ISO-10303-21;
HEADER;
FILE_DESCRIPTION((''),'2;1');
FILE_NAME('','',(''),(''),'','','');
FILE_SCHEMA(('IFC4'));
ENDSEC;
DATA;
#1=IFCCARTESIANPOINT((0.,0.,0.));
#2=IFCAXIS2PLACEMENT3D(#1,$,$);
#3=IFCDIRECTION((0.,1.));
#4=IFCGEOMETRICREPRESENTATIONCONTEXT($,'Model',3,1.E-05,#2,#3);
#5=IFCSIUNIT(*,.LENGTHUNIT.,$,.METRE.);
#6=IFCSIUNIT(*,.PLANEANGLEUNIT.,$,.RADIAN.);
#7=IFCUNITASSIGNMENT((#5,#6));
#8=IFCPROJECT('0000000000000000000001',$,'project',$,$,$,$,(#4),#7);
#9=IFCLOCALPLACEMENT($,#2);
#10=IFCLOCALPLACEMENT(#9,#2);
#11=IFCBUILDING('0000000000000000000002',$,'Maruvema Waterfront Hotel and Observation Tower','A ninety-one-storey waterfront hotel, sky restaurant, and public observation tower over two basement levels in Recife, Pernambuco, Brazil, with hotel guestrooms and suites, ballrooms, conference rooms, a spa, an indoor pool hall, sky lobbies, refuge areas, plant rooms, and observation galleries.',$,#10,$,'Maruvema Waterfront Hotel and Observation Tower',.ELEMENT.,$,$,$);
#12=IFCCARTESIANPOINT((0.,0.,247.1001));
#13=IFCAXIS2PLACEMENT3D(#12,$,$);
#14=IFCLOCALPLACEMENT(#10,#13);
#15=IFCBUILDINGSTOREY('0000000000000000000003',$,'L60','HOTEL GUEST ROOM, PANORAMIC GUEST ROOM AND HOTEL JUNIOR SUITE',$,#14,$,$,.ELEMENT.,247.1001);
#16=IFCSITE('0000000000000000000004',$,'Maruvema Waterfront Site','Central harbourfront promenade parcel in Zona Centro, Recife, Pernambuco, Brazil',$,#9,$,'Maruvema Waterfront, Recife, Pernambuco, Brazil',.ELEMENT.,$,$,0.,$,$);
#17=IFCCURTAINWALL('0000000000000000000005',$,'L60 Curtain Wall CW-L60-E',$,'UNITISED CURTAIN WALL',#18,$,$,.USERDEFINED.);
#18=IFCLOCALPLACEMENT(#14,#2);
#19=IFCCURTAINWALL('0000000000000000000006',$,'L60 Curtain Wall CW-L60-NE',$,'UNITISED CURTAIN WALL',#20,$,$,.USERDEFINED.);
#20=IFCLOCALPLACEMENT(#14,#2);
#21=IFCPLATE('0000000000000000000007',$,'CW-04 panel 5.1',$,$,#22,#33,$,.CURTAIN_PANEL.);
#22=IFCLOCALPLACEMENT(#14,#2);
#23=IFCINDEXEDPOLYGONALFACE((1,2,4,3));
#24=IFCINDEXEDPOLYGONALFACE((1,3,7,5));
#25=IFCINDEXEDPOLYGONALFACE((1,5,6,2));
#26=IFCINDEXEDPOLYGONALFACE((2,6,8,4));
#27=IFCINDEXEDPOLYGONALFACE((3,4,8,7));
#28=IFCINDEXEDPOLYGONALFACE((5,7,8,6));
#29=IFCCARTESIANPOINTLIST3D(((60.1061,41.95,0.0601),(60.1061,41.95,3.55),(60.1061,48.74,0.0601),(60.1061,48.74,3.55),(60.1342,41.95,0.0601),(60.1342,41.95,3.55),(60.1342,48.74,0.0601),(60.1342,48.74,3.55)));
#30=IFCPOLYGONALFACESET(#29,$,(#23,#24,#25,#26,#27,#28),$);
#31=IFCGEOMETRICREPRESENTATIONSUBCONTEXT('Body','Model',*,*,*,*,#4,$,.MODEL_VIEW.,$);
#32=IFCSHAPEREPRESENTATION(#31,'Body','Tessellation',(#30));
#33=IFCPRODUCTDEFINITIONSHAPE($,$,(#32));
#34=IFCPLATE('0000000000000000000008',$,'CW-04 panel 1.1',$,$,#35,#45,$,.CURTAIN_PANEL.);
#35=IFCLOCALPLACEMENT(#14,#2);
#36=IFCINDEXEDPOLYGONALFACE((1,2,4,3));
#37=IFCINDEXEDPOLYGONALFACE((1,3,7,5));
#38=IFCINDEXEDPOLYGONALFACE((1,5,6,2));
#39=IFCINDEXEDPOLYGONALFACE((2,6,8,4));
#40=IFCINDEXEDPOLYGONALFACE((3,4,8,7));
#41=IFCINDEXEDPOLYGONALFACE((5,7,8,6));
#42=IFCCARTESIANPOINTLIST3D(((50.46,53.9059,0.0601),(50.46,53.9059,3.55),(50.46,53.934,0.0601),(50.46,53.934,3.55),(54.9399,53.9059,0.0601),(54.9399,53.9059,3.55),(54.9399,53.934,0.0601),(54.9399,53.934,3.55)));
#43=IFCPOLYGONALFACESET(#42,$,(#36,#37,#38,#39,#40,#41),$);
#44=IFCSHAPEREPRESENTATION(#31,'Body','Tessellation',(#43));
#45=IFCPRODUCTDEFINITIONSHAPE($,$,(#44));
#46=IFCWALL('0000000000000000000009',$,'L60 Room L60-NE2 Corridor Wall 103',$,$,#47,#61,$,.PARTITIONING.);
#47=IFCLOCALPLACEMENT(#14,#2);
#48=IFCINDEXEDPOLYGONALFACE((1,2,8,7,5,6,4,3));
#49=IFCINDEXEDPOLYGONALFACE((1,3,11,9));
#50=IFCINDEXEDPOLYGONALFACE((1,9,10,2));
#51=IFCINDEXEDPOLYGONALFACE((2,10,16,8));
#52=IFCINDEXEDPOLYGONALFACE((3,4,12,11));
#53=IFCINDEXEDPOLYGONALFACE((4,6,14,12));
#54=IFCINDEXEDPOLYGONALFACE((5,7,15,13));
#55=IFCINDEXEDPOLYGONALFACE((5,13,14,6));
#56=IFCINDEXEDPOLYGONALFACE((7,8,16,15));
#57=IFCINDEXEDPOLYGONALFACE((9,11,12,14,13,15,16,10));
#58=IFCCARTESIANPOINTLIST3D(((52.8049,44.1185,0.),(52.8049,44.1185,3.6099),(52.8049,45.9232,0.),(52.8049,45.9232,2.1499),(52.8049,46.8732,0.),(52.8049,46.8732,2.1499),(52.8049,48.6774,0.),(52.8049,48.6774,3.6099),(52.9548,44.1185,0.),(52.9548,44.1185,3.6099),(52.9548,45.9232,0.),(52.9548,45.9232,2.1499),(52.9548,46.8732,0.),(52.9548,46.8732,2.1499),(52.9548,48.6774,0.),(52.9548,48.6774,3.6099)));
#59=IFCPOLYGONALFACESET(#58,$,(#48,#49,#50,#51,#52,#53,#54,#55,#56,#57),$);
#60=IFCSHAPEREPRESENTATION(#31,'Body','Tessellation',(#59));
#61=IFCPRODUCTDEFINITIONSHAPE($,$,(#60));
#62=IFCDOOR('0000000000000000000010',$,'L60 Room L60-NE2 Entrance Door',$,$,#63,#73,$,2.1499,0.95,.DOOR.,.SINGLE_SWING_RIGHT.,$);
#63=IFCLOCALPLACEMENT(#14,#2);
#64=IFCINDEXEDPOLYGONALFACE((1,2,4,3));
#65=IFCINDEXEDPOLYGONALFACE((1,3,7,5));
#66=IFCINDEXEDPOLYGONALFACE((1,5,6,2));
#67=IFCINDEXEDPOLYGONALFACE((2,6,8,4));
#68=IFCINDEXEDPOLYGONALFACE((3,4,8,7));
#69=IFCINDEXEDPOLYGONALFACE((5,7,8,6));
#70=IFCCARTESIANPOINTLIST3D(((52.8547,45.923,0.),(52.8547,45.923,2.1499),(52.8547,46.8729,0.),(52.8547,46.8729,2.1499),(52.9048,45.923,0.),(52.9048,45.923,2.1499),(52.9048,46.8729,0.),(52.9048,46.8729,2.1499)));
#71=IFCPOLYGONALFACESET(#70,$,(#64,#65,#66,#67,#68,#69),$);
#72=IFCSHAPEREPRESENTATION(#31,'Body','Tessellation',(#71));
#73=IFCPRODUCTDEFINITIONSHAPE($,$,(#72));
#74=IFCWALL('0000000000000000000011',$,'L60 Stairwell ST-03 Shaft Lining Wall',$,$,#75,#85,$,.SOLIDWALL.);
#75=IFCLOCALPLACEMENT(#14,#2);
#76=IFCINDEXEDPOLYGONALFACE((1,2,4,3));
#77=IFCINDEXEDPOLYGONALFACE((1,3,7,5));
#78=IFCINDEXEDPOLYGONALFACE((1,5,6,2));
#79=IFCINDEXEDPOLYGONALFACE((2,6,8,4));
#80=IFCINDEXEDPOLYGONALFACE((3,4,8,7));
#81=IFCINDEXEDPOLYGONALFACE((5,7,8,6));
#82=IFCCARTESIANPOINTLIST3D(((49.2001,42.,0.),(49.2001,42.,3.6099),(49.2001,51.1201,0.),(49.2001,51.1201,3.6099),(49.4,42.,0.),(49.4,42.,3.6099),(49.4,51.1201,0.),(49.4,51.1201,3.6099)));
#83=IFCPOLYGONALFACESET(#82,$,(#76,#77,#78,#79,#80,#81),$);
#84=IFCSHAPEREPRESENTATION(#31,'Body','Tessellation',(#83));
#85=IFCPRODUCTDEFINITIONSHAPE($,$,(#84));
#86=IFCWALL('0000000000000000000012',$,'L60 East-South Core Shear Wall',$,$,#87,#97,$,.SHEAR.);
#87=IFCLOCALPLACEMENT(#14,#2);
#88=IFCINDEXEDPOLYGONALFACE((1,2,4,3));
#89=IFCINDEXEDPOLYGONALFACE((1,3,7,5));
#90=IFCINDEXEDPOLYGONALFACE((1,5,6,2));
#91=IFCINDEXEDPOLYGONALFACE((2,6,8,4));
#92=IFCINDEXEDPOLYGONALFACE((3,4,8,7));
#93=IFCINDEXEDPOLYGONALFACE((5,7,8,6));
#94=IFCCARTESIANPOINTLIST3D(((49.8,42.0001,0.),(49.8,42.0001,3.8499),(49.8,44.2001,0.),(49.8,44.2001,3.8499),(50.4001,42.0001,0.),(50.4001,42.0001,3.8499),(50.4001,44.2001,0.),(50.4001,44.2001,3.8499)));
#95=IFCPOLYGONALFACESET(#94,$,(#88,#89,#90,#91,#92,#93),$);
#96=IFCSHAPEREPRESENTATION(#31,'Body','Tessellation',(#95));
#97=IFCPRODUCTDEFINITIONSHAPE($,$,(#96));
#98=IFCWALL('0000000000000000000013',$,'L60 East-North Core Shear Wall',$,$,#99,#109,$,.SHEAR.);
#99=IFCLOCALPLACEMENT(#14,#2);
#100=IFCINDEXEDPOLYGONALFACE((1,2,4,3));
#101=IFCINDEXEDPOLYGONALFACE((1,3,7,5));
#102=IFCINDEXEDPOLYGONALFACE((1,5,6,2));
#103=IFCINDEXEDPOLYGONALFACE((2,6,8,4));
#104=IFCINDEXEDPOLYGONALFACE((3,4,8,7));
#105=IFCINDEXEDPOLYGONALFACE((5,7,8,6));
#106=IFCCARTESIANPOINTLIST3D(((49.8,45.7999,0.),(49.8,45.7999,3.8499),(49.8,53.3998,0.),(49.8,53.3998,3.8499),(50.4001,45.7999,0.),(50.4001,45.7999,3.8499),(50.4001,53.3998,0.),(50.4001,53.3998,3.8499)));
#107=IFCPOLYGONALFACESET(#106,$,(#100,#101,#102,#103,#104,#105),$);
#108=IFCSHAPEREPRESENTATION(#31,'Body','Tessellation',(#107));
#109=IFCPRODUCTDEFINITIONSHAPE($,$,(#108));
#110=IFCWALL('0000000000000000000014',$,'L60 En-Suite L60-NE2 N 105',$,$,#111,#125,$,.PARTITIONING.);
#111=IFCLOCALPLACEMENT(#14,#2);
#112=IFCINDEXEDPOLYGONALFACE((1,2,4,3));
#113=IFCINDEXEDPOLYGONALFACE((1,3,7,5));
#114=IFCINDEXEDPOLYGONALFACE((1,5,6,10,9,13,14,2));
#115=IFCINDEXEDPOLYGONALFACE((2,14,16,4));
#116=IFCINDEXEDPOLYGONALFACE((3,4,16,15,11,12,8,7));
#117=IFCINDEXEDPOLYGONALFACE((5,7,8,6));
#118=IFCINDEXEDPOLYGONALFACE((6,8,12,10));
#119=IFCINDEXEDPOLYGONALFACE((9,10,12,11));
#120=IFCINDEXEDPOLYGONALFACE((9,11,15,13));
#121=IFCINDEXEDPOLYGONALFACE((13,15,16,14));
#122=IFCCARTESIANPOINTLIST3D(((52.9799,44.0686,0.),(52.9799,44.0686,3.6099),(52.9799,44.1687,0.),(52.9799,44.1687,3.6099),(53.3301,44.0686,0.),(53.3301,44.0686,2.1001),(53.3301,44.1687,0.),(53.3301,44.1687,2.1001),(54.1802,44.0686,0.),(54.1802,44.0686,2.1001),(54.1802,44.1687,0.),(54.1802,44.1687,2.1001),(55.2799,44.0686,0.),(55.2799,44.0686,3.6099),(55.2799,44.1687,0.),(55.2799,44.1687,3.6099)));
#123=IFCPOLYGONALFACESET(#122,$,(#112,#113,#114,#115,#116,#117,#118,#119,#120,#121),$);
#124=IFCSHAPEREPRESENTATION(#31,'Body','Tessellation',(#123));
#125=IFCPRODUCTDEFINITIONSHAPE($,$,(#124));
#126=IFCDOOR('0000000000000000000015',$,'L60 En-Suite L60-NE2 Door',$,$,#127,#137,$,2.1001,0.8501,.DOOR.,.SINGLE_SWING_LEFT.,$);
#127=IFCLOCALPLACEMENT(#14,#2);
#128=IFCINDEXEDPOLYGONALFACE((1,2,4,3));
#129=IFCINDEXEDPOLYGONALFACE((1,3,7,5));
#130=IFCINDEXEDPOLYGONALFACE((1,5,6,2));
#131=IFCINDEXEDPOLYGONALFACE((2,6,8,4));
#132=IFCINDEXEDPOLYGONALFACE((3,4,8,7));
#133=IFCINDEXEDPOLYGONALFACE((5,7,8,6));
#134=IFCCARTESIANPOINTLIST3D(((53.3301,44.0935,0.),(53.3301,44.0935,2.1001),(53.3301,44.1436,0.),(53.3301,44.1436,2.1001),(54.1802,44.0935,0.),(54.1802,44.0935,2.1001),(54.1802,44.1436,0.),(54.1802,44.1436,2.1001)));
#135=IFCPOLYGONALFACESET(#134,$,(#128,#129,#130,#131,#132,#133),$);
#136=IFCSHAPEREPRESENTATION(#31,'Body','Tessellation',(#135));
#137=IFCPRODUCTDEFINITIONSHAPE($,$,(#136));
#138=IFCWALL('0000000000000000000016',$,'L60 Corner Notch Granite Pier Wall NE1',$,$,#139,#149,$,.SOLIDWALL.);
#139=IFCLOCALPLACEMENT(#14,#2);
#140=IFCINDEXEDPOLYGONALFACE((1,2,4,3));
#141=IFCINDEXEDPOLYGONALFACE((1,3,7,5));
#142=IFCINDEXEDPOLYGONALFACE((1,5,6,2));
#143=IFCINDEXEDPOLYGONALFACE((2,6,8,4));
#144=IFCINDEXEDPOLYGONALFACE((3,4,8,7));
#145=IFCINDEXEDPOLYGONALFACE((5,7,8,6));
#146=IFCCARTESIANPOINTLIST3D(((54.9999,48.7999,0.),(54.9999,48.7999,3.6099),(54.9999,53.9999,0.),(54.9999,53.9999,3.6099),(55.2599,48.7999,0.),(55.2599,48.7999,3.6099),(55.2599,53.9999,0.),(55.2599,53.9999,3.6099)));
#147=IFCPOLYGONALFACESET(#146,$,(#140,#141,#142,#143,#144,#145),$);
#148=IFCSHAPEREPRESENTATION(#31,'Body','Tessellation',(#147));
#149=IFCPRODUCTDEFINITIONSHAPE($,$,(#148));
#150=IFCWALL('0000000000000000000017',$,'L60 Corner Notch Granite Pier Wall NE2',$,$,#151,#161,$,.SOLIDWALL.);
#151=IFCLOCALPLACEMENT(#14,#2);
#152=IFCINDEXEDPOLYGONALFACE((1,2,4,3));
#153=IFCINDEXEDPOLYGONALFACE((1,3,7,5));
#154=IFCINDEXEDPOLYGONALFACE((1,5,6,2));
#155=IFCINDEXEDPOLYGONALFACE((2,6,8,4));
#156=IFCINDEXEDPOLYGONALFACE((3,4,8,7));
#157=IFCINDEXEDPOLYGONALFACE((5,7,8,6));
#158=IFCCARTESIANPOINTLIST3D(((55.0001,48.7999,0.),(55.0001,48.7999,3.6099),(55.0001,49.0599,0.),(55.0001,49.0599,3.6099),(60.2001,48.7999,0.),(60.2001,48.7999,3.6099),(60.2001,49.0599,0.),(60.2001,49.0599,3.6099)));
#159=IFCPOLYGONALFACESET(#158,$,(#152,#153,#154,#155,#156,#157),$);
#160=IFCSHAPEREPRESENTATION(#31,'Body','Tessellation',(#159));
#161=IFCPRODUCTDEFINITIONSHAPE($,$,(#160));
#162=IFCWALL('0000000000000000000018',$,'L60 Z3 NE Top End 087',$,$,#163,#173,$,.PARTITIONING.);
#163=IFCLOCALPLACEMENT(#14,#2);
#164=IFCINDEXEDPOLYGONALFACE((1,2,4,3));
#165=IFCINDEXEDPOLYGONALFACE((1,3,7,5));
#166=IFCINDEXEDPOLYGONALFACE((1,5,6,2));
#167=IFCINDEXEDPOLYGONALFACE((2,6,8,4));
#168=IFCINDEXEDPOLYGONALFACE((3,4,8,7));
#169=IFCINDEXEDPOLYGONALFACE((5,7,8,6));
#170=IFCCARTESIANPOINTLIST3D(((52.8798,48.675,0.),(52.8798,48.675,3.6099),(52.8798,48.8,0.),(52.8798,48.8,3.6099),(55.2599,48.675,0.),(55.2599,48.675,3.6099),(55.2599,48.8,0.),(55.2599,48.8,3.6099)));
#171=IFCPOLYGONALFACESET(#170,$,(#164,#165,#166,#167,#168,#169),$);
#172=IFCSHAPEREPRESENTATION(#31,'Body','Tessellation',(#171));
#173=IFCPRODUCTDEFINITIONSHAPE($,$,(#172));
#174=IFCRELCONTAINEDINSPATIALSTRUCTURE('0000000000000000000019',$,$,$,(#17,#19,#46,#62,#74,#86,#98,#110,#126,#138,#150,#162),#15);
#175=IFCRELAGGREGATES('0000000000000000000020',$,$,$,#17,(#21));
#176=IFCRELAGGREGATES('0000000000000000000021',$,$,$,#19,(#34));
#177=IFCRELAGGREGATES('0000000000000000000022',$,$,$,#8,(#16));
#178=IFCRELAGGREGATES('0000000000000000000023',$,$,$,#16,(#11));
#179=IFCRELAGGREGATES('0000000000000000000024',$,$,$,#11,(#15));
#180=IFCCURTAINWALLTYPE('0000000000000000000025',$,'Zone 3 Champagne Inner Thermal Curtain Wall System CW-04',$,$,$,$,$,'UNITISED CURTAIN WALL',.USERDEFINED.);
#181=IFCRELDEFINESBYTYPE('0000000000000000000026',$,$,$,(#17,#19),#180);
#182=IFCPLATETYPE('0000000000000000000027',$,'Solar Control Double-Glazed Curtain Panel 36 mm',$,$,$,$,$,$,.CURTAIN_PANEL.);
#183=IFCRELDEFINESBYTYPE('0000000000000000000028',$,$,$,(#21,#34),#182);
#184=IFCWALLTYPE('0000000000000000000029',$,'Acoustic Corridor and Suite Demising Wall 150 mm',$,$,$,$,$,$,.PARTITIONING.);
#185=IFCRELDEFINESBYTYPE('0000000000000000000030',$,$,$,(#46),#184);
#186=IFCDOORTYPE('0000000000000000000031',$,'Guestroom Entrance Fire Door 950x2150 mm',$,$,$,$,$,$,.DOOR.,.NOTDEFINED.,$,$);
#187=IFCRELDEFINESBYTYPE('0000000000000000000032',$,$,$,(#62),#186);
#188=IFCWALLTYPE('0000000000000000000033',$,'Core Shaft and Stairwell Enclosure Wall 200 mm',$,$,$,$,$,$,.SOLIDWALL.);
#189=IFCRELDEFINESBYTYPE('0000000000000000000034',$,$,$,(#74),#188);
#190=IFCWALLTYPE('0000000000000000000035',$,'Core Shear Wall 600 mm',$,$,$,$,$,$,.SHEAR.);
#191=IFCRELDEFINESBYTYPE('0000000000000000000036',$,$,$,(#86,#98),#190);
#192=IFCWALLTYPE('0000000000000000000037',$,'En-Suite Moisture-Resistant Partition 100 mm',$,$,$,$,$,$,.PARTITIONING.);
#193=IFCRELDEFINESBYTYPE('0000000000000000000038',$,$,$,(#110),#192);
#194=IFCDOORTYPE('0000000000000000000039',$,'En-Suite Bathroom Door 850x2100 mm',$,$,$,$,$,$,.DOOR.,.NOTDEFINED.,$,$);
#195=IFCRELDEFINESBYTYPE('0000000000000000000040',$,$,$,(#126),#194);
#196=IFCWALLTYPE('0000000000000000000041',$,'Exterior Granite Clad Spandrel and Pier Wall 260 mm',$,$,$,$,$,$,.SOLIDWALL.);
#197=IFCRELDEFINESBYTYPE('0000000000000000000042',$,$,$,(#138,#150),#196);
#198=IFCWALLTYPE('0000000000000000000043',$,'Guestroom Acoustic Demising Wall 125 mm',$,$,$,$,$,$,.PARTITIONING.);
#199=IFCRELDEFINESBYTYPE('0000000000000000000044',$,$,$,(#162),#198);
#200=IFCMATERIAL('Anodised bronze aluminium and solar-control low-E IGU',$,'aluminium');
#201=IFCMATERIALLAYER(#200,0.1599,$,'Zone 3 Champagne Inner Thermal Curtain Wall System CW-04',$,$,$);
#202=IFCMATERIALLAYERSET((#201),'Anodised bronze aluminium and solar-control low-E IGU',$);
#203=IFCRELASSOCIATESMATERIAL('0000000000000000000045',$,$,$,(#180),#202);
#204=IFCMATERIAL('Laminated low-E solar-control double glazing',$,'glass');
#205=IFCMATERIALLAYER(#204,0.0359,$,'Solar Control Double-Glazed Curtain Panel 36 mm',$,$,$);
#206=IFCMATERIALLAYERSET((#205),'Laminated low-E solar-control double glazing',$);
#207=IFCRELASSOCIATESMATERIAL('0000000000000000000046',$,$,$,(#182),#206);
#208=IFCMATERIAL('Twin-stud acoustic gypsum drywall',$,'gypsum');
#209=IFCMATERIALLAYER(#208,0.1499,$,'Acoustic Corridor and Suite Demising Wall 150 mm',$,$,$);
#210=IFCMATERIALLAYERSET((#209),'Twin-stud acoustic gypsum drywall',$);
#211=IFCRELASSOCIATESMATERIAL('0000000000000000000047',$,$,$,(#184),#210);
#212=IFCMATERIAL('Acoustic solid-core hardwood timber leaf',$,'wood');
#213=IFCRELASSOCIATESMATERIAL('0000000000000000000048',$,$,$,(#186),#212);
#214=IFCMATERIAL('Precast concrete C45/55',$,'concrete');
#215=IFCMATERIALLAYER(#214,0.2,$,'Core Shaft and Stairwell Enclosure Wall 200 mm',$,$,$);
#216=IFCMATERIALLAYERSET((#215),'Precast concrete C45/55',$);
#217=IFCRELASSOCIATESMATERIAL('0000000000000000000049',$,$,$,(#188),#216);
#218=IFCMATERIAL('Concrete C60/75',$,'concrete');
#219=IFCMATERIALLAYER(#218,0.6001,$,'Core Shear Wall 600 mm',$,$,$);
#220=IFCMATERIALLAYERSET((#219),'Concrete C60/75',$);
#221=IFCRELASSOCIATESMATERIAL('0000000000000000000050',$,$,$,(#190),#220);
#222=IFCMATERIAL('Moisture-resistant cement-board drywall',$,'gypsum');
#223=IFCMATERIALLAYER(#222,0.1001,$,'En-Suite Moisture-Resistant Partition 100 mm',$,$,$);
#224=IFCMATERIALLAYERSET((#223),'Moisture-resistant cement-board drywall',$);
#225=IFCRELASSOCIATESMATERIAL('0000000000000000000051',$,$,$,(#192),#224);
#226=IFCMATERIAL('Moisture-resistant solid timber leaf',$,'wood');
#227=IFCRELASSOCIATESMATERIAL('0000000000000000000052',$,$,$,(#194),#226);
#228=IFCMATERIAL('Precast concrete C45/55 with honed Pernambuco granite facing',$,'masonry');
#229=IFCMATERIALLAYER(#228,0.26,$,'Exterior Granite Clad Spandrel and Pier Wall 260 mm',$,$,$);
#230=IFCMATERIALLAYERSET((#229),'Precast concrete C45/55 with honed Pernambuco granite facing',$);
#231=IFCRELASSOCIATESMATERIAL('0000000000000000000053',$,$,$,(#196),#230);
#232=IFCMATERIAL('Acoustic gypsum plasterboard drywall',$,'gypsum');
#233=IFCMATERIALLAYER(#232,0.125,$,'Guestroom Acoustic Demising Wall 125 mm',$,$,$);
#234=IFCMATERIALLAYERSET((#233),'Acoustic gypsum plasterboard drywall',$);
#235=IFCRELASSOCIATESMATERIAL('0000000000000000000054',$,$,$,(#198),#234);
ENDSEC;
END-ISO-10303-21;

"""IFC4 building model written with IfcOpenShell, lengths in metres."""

from ifc_helpers import new_model, si_unit, direction, frame, frame_2d, origin, origin_2d, place, context, subcontext, project, spatial, rectangle, extrude, material, layer, layer_set, type_object, element, fill, aggregate, save


model = new_model("IFC4")

# Units and contexts
model_context = context("Model", 3, precision=1e-05, world=origin(), true_north=direction((0.0, 1.0)))
body_context = subcontext(model_context, "Body", "Model", "MODEL_VIEW")
ifc_project = project(units=[si_unit("LENGTHUNIT", "METRE"), si_unit("PLANEANGLEUNIT", "RADIAN")], contexts=[model_context])

# Site, building, storey
site_placement = place(None, origin())
site = spatial("IfcSite", under=ifc_project, at=site_placement, Name="Maruvema Waterfront Site", Description="Central harbourfront promenade parcel in Zona Centro, Recife, Pernambuco, Brazil", LongName="Maruvema Waterfront, Recife, Pernambuco, Brazil", CompositionType="ELEMENT", RefElevation=0.0)
building_placement = place(site_placement, origin())
building = spatial("IfcBuilding", under=site, at=building_placement, Name="Maruvema Waterfront Hotel and Observation Tower", Description="A ninety-one-storey waterfront hotel, sky restaurant, and public observation tower over two basement levels in Recife, Pernambuco, Brazil, with hotel guestrooms and suites, ballrooms, conference rooms, a spa, an indoor pool hall, sky lobbies, refuge areas, plant rooms, and observation galleries.", LongName="Maruvema Waterfront Hotel and Observation Tower", CompositionType="ELEMENT")
storey_placement = place(building_placement, frame((0.0, 0.0, 247.1001)))
storey = spatial("IfcBuildingStorey", under=building, at=storey_placement, Name="L60", Description="HOTEL GUEST ROOM, PANORAMIC GUEST ROOM AND HOTEL JUNIOR SUITE", CompositionType="ELEMENT", Elevation=247.1001)

# Curtain wall
ifc_material_1 = material(Name="Anodised bronze aluminium and solar-control low-E IGU", Category="aluminium")
ifc_layer_1 = layer(ifc_material_1, 0.1599, Name="Zone 3 Champagne Inner Thermal Curtain Wall System CW-04")
ifc_layer_set_1 = layer_set([ifc_layer_1], Name="Anodised bronze aluminium and solar-control low-E IGU")
curtain_wall_type = type_object("IfcCurtainWallType", Name="Zone 3 Champagne Inner Thermal Curtain Wall System CW-04", ElementType="UNITISED CURTAIN WALL", PredefinedType="USERDEFINED", material=ifc_layer_set_1)
curtain_wall_1_placement = place(storey_placement, origin())
curtain_wall_1 = element("IfcCurtainWall", 1, at=curtain_wall_1_placement, inside=storey, type_object=curtain_wall_type, Name="L60 Curtain Wall CW-L60-E", ObjectType="UNITISED CURTAIN WALL", PredefinedType="USERDEFINED")

# Curtain wall
curtain_wall_2_placement = place(storey_placement, origin())
curtain_wall_2 = element("IfcCurtainWall", 2, at=curtain_wall_2_placement, inside=storey, type_object=curtain_wall_type, Name="L60 Curtain Wall CW-L60-NE", ObjectType="UNITISED CURTAIN WALL", PredefinedType="USERDEFINED")

# Plates
ifc_material_2 = material(Name="Laminated low-E solar-control double glazing", Category="glass")
ifc_layer_2 = layer(ifc_material_2, 0.0359, Name="Solar Control Double-Glazed Curtain Panel 36 mm")
ifc_layer_set_2 = layer_set([ifc_layer_2], Name="Laminated low-E solar-control double glazing")
plate_type = type_object("IfcPlateType", Name="Solar Control Double-Glazed Curtain Panel 36 mm", PredefinedType="CURTAIN_PANEL", material=ifc_layer_set_2)
plate_1_placement = place(storey_placement, frame((60.1201, 45.345, 0.0601), z_axis=(0.0, 0.0, 1.0), x_axis=(0.0, 1.0, 0.0)))
plate_1 = element("IfcPlate", 3, at=plate_1_placement, type_object=plate_type, Name="CW-04 panel 5.1", PredefinedType="CURTAIN_PANEL", context=body_context, shape_type="SweptSolid", body=[
    extrude(rectangle(XDim=6.79, YDim=0.0281, at=origin_2d()), origin(), (0.0, 0.0, 1.0), 3.49),
])
aggregate(curtain_wall_1, [plate_1])
plate_2_placement = place(storey_placement, frame((52.7, 53.9199, 0.0601), z_axis=(0.0, 0.0, 1.0), x_axis=(-1.0, 0.0, 0.0)))
plate_2 = element("IfcPlate", 4, at=plate_2_placement, type_object=plate_type, Name="CW-04 panel 1.1", PredefinedType="CURTAIN_PANEL", context=body_context, shape_type="SweptSolid", body=[
    extrude(rectangle(XDim=4.48, YDim=0.0281, at=origin_2d()), origin(), (0.0, 0.0, 1.0), 3.49),
])
aggregate(curtain_wall_2, [plate_2])

# Wall, opening, door
ifc_material_3 = material(Name="Twin-stud acoustic gypsum drywall", Category="gypsum")
ifc_layer_3 = layer(ifc_material_3, 0.1499, Name="Acoustic Corridor and Suite Demising Wall 150 mm")
ifc_layer_set_3 = layer_set([ifc_layer_3], Name="Twin-stud acoustic gypsum drywall")
wall_type_1 = type_object("IfcWallType", Name="Acoustic Corridor and Suite Demising Wall 150 mm", PredefinedType="PARTITIONING", material=ifc_layer_set_3)
wall_1_placement = place(storey_placement, frame((52.8799, 44.1187, 0.0), z_axis=(0.0, 0.0, 1.0), x_axis=(0.0, 1.0, 0.0)))
wall_1 = element("IfcWall", 5, at=wall_1_placement, inside=storey, type_object=wall_type_1, Name="L60 Room L60-NE2 Corridor Wall 103", PredefinedType="PARTITIONING", context=body_context, shape_type="SweptSolid", body=[
    extrude(rectangle(XDim=4.5588, YDim=0.1499, at=frame_2d((2.2793, 0.0))), origin(), (0.0, 0.0, 1.0), 3.6099),
])
opening_1_placement = place(wall_1_placement, frame((1.8044, 0.0, 0.0)))
opening_1 = element("IfcOpeningElement", 6, at=opening_1_placement, cuts=wall_1, PredefinedType="OPENING", context=body_context, shape_type="SweptSolid", body=[
    extrude(rectangle(XDim=0.95, YDim=2.1499, at=frame_2d((0.4751, 1.075))), frame((0.0, 0.085, 0.0), z_axis=(0.0, -1.0, 0.0), x_axis=(1.0, 0.0, 0.0)), (0.0, 0.0, 1.0), 0.1699),
])
ifc_material_4 = material(Name="Acoustic solid-core hardwood timber leaf", Category="wood")
door_type_1 = type_object("IfcDoorType", Name="Guestroom Entrance Fire Door 950x2150 mm", OperationType="NOTDEFINED", PredefinedType="DOOR", material=ifc_material_4)
door_1_placement = place(opening_1_placement, frame((0.95, 0.0, 0.0), z_axis=(0.0, 0.0, 1.0), x_axis=(-1.0, 0.0, 0.0)))
door_1 = element("IfcDoor", 7, at=door_1_placement, inside=storey, type_object=door_type_1, Name="L60 Room L60-NE2 Entrance Door", OperationType="SINGLE_SWING_RIGHT", OverallHeight=2.1499, OverallWidth=0.95, PredefinedType="DOOR", context=body_context, shape_type="SweptSolid", body=[
    extrude(rectangle(XDim=0.95, YDim=2.1499, at=frame_2d((0.4751, 1.075))), frame((0.0, 0.0249, 0.0), z_axis=(0.0, -1.0, 0.0), x_axis=(1.0, 0.0, 0.0)), (0.0, 0.0, 1.0), 0.05),
])
fill(opening_1, door_1)

# Walls
ifc_material_5 = material(Name="Precast concrete C45/55", Category="concrete")
ifc_layer_4 = layer(ifc_material_5, 0.2, Name="Core Shaft and Stairwell Enclosure Wall 200 mm")
ifc_layer_set_4 = layer_set([ifc_layer_4], Name="Precast concrete C45/55")
wall_type_2 = type_object("IfcWallType", Name="Core Shaft and Stairwell Enclosure Wall 200 mm", PredefinedType="SOLIDWALL", material=ifc_layer_set_4)
wall_2_placement = place(storey_placement, frame((49.3, 42.0, 0.0), z_axis=(0.0, 0.0, 1.0), x_axis=(0.0, 1.0, 0.0)))
element("IfcWall", 8, at=wall_2_placement, inside=storey, type_object=wall_type_2, Name="L60 Stairwell ST-03 Shaft Lining Wall", PredefinedType="SOLIDWALL", context=body_context, shape_type="SweptSolid", body=[
    extrude(rectangle(XDim=9.1201, YDim=0.2, at=frame_2d((4.5601, 0.0))), origin(), (0.0, 0.0, 1.0), 3.6099),
])
ifc_material_6 = material(Name="Concrete C60/75", Category="concrete")
ifc_layer_5 = layer(ifc_material_6, 0.6001, Name="Core Shear Wall 600 mm")
ifc_layer_set_5 = layer_set([ifc_layer_5], Name="Concrete C60/75")
wall_type_3 = type_object("IfcWallType", Name="Core Shear Wall 600 mm", PredefinedType="SHEAR", material=ifc_layer_set_5)
wall_3_placement = place(storey_placement, frame((50.1001, 42.0, 0.0), z_axis=(0.0, 0.0, 1.0), x_axis=(0.0, 1.0, 0.0)))
element("IfcWall", 9, at=wall_3_placement, inside=storey, type_object=wall_type_3, Name="L60 East-South Core Shear Wall", PredefinedType="SHEAR", context=body_context, shape_type="SweptSolid", body=[
    extrude(rectangle(XDim=2.2, YDim=0.6001, at=frame_2d((1.1001, 0.0))), origin(), (0.0, 0.0, 1.0), 3.8499),
])
wall_4_placement = place(storey_placement, frame((50.1001, 45.8, 0.0), z_axis=(0.0, 0.0, 1.0), x_axis=(0.0, 1.0, 0.0)))
element("IfcWall", 10, at=wall_4_placement, inside=storey, type_object=wall_type_3, Name="L60 East-North Core Shear Wall", PredefinedType="SHEAR", context=body_context, shape_type="SweptSolid", body=[
    extrude(rectangle(XDim=7.5999, YDim=0.6001, at=frame_2d((3.7998, 0.0))), origin(), (0.0, 0.0, 1.0), 3.8499),
])

# Wall, opening, door
ifc_material_7 = material(Name="Moisture-resistant cement-board drywall", Category="gypsum")
ifc_layer_6 = layer(ifc_material_7, 0.1001, Name="En-Suite Moisture-Resistant Partition 100 mm")
ifc_layer_set_6 = layer_set([ifc_layer_6], Name="Moisture-resistant cement-board drywall")
wall_type_4 = type_object("IfcWallType", Name="En-Suite Moisture-Resistant Partition 100 mm", PredefinedType="PARTITIONING", material=ifc_layer_set_6)
wall_5_placement = place(storey_placement, frame((52.98, 44.1187, 0.0), z_axis=(0.0, 0.0, 1.0), x_axis=(1.0, 0.0, 0.0)))
wall_5 = element("IfcWall", 11, at=wall_5_placement, inside=storey, type_object=wall_type_4, Name="L60 En-Suite L60-NE2 N 105", PredefinedType="PARTITIONING", context=body_context, shape_type="SweptSolid", body=[
    extrude(rectangle(XDim=2.3, YDim=0.1001, at=frame_2d((1.1499, 0.0))), origin(), (0.0, 0.0, 1.0), 3.6099),
])
opening_2_placement = place(wall_5_placement, frame((0.3501, 0.0, 0.0)))
opening_2 = element("IfcOpeningElement", 12, at=opening_2_placement, cuts=wall_5, PredefinedType="OPENING", context=body_context, shape_type="SweptSolid", body=[
    extrude(rectangle(XDim=0.8501, YDim=2.1001, at=frame_2d((0.425, 1.05))), frame((0.0, 0.0601, 0.0), z_axis=(0.0, -1.0, 0.0), x_axis=(1.0, 0.0, 0.0)), (0.0, 0.0, 1.0), 0.1201),
])
ifc_material_8 = material(Name="Moisture-resistant solid timber leaf", Category="wood")
door_type_2 = type_object("IfcDoorType", Name="En-Suite Bathroom Door 850x2100 mm", OperationType="NOTDEFINED", PredefinedType="DOOR", material=ifc_material_8)
door_2_placement = place(opening_2_placement, origin())
door_2 = element("IfcDoor", 13, at=door_2_placement, inside=storey, type_object=door_type_2, Name="L60 En-Suite L60-NE2 Door", OperationType="SINGLE_SWING_LEFT", OverallHeight=2.1001, OverallWidth=0.8501, PredefinedType="DOOR", context=body_context, shape_type="SweptSolid", body=[
    extrude(rectangle(XDim=0.8501, YDim=2.1001, at=frame_2d((0.425, 1.05))), frame((0.0, 0.0249, 0.0), z_axis=(0.0, -1.0, 0.0), x_axis=(1.0, 0.0, 0.0)), (0.0, 0.0, 1.0), 0.05),
])
fill(opening_2, door_2)

# Walls
ifc_material_9 = material(Name="Precast concrete C45/55 with honed Pernambuco granite facing", Category="masonry")
ifc_layer_7 = layer(ifc_material_9, 0.26, Name="Exterior Granite Clad Spandrel and Pier Wall 260 mm")
ifc_layer_set_7 = layer_set([ifc_layer_7], Name="Precast concrete C45/55 with honed Pernambuco granite facing")
wall_type_5 = type_object("IfcWallType", Name="Exterior Granite Clad Spandrel and Pier Wall 260 mm", PredefinedType="SOLIDWALL", material=ifc_layer_set_7)
for number, where, z_axis, x_axis, name in (
    (14, (55.1299, 54.0, 0.0), (0.0, 0.0, 1.0), (0.0, -1.0, 0.0), "L60 Corner Notch Granite Pier Wall NE1"),
    (15, (55.0, 48.9299, 0.0), (0.0, 0.0, 1.0), (1.0, 0.0, 0.0), "L60 Corner Notch Granite Pier Wall NE2"),
):
    element("IfcWall", number, at=place(storey_placement, frame(where, z_axis=z_axis, x_axis=x_axis)), inside=storey, type_object=wall_type_5, Name=name, PredefinedType="SOLIDWALL", context=body_context, shape_type="SweptSolid", body=[
        extrude(rectangle(XDim=5.2, YDim=0.26, at=frame_2d((2.6001, 0.0))), origin(), (0.0, 0.0, 1.0), 3.6099),
    ])
ifc_material_10 = material(Name="Acoustic gypsum plasterboard drywall", Category="gypsum")
ifc_layer_8 = layer(ifc_material_10, 0.125, Name="Guestroom Acoustic Demising Wall 125 mm")
ifc_layer_set_8 = layer_set([ifc_layer_8], Name="Acoustic gypsum plasterboard drywall")
wall_type_6 = type_object("IfcWallType", Name="Guestroom Acoustic Demising Wall 125 mm", PredefinedType="PARTITIONING", material=ifc_layer_set_8)
wall_6_placement = place(storey_placement, frame((52.8799, 48.7375, 0.0), z_axis=(0.0, 0.0, 1.0), x_axis=(1.0, 0.0, 0.0)))
element("IfcWall", 16, at=wall_6_placement, inside=storey, type_object=wall_type_6, Name="L60 Z3 NE Top End 087", PredefinedType="PARTITIONING", context=body_context, shape_type="SweptSolid", body=[
    extrude(rectangle(XDim=2.3801, YDim=0.125, at=frame_2d((1.1899, 0.0))), origin(), (0.0, 0.0, 1.0), 3.6099),
])

save(model, "model.ifc")
